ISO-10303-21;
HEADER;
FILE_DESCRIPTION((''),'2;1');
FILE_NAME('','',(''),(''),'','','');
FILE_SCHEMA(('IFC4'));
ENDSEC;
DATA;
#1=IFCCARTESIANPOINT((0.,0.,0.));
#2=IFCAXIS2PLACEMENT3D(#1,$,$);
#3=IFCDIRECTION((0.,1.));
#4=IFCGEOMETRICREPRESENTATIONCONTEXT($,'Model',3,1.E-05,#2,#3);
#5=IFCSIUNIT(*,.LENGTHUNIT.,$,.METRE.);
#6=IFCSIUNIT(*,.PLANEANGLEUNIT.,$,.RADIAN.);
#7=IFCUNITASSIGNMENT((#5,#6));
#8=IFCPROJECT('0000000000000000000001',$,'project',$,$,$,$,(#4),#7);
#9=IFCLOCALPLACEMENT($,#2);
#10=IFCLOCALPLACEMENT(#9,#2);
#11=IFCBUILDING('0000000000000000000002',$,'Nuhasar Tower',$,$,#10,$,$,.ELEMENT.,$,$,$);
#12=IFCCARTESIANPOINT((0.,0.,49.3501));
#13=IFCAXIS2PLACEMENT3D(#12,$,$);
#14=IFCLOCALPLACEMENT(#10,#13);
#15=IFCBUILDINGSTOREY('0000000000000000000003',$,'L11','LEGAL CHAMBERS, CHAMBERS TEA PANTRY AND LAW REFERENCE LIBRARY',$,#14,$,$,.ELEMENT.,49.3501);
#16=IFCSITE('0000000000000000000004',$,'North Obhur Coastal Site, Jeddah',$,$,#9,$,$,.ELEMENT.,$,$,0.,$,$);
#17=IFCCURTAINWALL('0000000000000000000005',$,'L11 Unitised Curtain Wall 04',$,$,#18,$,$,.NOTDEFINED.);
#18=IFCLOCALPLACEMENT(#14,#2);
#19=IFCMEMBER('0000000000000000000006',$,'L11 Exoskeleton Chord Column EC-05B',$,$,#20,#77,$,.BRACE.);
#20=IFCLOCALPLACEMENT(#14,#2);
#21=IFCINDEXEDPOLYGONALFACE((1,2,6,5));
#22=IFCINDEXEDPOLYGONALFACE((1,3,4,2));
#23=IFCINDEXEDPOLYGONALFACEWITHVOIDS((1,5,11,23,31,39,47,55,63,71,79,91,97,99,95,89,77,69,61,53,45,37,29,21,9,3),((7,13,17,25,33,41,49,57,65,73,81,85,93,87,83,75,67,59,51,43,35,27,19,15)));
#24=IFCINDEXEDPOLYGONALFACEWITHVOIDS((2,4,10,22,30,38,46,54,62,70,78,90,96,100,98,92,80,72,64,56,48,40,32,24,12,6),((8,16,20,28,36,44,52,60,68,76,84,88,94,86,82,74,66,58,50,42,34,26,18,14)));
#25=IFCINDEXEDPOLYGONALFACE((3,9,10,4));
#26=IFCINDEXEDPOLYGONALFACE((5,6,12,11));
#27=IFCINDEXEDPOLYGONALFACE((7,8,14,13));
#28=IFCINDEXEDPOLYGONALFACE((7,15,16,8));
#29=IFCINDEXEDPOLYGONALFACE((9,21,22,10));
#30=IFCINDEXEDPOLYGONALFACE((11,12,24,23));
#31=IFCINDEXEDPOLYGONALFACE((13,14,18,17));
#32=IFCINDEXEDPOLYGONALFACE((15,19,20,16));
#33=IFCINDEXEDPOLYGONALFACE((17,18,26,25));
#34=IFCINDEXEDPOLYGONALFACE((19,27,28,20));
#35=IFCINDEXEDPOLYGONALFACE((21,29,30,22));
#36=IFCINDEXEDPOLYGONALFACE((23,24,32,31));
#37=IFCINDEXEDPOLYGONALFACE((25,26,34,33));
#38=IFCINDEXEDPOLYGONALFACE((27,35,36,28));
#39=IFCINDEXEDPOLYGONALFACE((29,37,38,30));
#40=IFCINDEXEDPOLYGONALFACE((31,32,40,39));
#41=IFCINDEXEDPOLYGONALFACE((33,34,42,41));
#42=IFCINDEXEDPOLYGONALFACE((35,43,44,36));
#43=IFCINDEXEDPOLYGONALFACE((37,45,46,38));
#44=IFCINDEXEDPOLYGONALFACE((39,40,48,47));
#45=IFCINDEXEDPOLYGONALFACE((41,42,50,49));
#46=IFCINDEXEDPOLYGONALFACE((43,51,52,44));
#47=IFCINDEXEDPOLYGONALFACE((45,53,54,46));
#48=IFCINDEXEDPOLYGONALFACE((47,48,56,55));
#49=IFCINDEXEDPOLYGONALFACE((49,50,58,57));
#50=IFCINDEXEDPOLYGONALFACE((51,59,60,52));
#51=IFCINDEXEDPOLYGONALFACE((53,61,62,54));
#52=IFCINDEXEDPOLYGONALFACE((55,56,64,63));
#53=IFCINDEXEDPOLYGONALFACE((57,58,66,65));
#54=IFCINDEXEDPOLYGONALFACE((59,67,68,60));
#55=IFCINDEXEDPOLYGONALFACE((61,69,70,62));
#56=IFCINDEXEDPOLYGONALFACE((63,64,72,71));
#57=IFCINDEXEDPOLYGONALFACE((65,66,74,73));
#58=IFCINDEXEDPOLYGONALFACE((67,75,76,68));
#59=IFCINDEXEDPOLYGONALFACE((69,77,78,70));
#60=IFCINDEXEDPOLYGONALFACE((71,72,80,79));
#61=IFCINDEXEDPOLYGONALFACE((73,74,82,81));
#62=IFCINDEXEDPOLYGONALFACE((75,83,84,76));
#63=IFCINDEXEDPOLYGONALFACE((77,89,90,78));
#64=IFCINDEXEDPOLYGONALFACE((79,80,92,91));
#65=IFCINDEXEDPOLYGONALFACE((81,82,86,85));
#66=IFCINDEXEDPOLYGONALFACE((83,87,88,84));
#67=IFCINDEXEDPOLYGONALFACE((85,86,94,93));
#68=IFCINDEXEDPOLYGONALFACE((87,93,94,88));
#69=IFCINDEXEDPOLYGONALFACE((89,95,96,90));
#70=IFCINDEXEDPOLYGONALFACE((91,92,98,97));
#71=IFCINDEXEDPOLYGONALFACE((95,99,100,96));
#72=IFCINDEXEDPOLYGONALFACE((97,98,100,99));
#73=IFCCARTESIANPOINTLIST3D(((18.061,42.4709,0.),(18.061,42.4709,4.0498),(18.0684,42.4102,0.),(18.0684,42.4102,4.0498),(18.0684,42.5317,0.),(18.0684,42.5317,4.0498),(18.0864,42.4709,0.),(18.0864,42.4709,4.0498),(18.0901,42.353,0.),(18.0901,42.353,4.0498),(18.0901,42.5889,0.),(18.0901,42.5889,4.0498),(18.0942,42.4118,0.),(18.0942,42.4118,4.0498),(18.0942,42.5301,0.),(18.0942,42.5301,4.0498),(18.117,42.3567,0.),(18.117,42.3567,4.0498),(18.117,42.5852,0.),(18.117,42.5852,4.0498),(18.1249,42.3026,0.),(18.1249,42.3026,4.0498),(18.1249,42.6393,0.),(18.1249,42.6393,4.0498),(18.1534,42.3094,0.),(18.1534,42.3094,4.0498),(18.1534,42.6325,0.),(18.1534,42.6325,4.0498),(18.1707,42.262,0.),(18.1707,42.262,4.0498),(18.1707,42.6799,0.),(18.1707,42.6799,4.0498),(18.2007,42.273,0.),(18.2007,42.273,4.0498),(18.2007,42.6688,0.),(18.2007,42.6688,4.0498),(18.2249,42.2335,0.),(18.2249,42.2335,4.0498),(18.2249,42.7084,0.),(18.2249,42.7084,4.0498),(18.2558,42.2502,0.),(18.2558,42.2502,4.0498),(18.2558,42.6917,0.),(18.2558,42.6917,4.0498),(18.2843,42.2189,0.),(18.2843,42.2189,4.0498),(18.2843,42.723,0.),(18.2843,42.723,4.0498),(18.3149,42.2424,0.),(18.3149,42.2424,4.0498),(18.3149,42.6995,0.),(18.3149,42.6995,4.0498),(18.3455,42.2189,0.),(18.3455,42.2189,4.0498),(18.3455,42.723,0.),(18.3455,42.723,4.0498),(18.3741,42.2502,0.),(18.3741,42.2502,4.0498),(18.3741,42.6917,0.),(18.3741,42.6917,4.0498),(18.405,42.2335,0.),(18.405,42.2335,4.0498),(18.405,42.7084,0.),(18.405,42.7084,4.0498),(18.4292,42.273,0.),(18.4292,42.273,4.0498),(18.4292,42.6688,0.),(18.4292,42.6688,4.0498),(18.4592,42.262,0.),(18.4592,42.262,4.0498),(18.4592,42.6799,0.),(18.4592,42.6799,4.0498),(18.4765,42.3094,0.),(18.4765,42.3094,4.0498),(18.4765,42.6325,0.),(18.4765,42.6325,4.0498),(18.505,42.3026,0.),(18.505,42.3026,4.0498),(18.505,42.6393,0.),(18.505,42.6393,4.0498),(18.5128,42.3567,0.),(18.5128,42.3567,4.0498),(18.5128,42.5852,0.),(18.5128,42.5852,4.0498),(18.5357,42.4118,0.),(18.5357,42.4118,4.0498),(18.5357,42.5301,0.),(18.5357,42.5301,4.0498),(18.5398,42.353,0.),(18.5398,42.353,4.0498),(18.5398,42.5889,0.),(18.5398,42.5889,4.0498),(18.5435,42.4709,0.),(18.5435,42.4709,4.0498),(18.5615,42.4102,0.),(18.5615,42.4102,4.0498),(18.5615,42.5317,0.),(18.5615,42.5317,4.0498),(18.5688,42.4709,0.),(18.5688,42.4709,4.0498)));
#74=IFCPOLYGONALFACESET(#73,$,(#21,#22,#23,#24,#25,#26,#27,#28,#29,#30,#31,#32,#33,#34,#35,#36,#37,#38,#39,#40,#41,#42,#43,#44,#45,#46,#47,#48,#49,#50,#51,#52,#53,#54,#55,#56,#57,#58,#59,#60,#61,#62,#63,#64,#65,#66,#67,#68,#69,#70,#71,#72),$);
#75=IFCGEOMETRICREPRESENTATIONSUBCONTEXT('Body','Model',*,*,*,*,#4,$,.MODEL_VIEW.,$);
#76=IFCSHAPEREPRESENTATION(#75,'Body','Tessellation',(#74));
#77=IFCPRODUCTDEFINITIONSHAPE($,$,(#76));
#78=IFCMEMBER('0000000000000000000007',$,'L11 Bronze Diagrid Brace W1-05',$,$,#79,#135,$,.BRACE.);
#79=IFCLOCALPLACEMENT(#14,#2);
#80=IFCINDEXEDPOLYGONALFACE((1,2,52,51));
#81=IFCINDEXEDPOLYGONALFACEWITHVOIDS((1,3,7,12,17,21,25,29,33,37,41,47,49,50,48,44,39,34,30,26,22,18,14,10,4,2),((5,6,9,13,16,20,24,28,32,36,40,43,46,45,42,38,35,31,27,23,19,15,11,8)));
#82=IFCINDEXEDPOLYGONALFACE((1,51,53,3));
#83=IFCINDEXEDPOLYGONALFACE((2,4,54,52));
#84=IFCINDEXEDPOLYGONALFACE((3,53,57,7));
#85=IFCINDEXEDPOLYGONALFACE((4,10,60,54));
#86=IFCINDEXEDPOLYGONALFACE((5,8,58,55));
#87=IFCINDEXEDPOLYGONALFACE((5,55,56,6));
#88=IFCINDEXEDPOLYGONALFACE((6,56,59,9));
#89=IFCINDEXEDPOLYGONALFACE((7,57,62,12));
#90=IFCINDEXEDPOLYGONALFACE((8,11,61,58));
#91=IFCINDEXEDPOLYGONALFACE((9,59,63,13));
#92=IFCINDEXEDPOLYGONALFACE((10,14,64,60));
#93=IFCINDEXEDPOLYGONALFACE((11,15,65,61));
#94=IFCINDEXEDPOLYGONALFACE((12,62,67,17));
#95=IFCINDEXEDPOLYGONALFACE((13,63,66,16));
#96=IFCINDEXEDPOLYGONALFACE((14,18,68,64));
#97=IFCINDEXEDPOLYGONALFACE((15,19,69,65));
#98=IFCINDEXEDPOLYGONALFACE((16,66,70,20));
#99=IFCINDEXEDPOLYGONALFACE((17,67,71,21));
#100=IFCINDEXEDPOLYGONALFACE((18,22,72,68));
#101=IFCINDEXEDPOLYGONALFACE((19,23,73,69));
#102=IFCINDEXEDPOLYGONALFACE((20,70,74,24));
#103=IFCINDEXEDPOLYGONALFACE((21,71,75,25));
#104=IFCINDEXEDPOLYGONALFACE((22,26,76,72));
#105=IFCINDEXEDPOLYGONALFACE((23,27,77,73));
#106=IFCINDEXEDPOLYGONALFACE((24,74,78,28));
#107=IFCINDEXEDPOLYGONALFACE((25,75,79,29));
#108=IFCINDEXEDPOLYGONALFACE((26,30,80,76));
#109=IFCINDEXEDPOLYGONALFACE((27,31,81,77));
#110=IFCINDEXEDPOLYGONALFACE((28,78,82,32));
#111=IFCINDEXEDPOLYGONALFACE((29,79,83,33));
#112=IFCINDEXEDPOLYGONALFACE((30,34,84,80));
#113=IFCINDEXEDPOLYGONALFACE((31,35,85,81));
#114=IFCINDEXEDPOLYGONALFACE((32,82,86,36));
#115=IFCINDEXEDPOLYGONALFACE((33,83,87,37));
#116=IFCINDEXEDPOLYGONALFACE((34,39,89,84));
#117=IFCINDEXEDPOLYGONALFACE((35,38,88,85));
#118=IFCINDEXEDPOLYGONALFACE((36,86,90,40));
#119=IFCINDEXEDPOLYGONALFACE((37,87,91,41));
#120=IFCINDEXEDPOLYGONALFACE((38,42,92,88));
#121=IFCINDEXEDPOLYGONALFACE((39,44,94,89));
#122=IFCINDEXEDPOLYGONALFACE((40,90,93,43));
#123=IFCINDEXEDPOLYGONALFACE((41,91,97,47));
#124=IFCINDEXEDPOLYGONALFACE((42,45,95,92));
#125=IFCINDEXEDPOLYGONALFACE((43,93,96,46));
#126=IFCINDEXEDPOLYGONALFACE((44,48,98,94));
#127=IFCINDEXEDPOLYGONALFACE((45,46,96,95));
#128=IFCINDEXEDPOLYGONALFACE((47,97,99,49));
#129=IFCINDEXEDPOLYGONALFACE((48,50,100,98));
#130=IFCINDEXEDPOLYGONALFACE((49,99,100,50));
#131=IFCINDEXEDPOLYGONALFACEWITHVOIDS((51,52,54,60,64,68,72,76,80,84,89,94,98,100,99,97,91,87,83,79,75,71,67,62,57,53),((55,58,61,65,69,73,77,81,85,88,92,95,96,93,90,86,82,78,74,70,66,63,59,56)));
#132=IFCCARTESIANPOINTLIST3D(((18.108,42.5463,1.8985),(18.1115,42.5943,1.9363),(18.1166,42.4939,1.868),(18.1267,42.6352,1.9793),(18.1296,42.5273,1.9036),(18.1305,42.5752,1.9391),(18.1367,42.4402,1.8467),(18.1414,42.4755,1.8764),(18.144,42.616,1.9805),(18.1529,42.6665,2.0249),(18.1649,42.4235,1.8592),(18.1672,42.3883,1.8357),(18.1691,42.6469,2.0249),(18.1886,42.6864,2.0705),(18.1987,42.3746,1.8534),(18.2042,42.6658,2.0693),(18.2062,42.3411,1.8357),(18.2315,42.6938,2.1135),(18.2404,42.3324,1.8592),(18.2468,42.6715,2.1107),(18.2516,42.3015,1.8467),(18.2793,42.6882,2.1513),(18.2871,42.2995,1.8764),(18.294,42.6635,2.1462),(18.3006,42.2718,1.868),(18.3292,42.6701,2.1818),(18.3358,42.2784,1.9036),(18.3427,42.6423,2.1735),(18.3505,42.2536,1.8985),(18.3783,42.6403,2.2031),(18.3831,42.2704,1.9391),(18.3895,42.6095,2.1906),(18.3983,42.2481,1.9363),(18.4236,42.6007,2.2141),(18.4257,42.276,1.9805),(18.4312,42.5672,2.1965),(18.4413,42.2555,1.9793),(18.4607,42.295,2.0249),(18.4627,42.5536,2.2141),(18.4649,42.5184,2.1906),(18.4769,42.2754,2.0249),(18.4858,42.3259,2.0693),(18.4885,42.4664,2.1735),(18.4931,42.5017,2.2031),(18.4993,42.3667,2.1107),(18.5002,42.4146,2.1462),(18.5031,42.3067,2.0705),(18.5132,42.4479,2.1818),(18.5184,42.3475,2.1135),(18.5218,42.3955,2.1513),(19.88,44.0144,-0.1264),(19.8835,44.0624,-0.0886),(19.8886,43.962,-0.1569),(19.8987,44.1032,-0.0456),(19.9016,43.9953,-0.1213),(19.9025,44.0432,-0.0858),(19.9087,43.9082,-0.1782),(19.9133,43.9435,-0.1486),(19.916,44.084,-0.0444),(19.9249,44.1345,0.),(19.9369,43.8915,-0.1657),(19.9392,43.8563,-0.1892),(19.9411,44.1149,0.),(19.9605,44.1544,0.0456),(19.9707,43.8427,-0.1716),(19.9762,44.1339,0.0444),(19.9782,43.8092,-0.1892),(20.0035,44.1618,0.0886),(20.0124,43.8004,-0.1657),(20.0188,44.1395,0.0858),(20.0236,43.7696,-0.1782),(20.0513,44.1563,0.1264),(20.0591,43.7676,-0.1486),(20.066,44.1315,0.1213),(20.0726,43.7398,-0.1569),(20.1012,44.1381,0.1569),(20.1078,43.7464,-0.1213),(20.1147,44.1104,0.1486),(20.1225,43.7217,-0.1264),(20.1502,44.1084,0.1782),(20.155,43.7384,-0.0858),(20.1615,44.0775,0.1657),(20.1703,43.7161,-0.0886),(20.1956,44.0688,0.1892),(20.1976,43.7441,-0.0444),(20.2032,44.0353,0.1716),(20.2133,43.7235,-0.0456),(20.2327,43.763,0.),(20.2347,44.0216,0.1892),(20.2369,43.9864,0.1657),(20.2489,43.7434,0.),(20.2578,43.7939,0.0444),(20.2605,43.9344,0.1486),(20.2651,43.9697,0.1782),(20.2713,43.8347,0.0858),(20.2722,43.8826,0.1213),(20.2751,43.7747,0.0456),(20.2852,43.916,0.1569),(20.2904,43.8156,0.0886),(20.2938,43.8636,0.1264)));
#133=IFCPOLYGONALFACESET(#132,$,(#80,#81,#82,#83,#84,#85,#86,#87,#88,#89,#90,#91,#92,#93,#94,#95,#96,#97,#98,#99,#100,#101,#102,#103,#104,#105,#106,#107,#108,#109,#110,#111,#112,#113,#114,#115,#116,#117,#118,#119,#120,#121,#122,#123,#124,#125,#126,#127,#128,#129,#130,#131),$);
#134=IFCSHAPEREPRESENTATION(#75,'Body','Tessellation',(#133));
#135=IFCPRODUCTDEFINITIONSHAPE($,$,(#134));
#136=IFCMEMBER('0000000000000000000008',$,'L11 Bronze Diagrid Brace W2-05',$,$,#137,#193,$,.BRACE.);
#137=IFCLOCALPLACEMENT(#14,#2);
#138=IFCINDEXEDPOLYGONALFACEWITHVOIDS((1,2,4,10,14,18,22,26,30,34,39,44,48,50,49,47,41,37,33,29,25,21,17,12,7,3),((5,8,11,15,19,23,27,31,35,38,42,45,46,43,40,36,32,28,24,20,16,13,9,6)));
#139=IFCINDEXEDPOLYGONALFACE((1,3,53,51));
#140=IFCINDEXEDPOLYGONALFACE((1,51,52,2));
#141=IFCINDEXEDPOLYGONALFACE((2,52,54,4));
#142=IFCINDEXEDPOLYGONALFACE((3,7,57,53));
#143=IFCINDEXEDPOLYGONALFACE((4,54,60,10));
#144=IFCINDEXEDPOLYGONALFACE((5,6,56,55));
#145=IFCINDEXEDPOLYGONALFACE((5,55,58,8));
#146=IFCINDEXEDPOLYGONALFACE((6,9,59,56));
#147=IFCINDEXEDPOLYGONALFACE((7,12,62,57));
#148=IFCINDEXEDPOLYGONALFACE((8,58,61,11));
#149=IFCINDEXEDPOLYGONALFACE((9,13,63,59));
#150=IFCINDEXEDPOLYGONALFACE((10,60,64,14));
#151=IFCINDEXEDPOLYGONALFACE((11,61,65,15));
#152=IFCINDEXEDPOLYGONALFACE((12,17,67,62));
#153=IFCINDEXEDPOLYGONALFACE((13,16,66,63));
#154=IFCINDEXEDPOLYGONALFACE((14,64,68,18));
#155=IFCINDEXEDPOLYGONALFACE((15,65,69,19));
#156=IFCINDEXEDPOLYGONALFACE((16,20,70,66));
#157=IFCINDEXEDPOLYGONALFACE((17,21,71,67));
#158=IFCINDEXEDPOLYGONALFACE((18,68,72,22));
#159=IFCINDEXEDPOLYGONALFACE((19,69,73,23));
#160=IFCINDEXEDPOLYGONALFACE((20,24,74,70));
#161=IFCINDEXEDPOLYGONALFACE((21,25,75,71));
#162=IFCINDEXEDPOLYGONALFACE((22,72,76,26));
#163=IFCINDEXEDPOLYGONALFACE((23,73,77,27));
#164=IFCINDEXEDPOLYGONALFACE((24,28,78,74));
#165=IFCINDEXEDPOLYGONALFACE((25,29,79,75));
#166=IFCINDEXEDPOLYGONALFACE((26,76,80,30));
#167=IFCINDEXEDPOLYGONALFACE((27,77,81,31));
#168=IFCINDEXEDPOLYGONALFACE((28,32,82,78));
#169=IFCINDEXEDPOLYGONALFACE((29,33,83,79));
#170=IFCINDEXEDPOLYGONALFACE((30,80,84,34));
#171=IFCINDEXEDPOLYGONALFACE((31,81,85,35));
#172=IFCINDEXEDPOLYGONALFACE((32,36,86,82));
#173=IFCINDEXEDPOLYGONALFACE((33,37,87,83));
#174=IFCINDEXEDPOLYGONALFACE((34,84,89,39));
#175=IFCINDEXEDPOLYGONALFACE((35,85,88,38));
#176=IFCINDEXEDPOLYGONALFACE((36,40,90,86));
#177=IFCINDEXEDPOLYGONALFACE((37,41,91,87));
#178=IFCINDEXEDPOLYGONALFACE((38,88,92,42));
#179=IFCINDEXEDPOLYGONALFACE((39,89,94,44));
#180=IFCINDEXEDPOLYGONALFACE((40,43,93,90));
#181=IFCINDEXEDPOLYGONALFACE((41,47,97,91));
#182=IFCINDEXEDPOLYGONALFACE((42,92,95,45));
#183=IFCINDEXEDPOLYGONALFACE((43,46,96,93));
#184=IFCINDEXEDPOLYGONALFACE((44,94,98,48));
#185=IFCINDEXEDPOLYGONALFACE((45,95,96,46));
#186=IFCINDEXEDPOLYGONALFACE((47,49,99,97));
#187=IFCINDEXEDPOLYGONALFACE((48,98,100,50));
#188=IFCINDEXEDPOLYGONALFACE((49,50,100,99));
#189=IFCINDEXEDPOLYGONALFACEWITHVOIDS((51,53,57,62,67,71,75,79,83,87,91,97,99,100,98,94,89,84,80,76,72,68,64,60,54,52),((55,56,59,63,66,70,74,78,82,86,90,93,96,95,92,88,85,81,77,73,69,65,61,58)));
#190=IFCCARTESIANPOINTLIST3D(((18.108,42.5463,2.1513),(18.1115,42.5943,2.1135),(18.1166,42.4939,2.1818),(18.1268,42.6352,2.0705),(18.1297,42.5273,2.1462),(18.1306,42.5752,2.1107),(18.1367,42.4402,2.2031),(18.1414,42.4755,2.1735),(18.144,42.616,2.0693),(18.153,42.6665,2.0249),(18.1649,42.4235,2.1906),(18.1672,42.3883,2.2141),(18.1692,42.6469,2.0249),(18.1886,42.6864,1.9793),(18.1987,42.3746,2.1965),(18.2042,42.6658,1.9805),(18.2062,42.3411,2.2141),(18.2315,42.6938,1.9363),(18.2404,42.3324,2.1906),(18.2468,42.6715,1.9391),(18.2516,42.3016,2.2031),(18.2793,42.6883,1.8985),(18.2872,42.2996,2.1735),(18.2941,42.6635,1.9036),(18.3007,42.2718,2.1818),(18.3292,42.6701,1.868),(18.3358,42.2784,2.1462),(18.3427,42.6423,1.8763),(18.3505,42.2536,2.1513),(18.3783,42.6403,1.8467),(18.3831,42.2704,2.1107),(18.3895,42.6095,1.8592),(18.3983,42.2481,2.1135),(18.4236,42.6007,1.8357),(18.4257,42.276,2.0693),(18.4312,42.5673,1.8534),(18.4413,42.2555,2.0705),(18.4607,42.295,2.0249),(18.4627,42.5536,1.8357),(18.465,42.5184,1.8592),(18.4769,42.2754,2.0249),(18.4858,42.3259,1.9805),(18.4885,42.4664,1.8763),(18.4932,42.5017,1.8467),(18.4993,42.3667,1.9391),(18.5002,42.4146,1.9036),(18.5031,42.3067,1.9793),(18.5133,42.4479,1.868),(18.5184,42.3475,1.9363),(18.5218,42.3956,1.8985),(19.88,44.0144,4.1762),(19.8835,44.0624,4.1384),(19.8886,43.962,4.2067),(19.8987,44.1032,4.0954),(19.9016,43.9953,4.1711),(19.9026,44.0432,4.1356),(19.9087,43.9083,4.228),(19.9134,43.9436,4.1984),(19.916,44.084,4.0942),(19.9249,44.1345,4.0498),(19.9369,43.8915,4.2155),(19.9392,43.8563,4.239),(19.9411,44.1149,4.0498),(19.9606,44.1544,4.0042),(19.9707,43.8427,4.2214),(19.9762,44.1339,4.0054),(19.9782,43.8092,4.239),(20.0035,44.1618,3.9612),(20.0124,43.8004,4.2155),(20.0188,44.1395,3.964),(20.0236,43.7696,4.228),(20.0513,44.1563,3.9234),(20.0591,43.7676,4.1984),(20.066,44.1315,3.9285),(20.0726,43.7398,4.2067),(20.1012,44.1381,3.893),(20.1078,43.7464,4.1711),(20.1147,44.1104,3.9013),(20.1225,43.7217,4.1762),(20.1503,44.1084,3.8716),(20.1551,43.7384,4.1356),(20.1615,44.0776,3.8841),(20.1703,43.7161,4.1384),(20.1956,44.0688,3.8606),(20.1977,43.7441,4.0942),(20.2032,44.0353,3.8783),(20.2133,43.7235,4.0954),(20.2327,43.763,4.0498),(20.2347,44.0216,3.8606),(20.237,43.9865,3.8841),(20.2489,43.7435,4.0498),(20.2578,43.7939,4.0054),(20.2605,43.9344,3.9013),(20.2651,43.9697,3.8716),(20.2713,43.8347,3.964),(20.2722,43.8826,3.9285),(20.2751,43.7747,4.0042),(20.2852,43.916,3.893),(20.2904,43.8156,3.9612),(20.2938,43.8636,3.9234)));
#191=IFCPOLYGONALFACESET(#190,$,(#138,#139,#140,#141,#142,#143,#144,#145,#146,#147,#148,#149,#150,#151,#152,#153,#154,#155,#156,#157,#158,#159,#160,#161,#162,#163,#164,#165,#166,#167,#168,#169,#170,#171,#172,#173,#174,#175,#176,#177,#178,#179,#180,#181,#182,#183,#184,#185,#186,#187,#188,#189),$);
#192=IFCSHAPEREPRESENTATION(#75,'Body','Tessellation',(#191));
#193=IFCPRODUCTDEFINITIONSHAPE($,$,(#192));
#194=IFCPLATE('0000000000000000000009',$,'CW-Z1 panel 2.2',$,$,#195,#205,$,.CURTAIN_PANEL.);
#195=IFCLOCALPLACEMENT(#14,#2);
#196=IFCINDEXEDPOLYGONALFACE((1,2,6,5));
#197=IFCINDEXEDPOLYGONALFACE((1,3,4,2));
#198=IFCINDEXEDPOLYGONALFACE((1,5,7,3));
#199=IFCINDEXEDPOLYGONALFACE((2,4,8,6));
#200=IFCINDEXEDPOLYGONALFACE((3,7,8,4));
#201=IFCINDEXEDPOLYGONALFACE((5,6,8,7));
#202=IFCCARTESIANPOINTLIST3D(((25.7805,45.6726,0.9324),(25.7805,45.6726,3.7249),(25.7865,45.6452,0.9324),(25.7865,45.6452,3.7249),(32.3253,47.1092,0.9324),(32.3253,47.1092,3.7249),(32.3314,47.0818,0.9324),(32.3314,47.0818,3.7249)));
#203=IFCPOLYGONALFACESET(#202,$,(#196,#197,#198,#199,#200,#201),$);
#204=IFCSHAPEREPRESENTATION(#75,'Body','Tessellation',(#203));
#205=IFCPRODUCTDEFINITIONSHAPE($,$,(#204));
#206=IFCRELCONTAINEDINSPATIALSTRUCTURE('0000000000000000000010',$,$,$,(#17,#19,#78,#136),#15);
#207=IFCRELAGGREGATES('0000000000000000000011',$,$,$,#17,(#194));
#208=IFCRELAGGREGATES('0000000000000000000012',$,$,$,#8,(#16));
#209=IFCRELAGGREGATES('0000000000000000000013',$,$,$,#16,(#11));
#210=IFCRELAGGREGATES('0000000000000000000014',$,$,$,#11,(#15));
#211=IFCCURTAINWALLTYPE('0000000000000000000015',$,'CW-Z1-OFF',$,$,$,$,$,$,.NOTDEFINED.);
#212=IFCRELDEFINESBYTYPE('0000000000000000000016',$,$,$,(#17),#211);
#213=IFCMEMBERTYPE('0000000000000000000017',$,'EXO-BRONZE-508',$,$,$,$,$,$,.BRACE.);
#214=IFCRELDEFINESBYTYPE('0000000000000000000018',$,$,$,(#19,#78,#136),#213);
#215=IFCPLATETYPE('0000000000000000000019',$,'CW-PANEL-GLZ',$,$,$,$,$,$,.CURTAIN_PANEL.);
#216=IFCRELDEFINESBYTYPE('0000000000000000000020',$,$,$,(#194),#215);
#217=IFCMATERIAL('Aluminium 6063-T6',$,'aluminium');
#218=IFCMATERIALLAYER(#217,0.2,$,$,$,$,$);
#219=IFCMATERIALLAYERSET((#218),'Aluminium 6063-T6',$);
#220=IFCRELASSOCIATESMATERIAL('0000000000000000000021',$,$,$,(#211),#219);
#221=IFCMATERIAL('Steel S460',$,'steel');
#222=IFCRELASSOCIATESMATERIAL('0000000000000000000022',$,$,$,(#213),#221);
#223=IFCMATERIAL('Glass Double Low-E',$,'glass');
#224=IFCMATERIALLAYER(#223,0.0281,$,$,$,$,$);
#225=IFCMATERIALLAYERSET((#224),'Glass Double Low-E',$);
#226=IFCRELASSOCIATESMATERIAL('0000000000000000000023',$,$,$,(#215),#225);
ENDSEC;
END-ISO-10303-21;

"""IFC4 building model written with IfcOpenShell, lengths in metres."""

from ifc_helpers import new_model, si_unit, direction, frame, origin, origin_2d, place, context, subcontext, project, spatial, rectangle, hollow_circle, extrude, material, layer, layer_set, material_profile, profile_set, type_object, element, aggregate, save


model = new_model("IFC4")

# Units and contexts
model_context = context("Model", 3, precision=1e-05, world=origin(), true_north=direction((0.0, 1.0)))
body_context = subcontext(model_context, "Body", "Model", "MODEL_VIEW")
ifc_project = project(units=[si_unit("LENGTHUNIT", "METRE"), si_unit("PLANEANGLEUNIT", "RADIAN")], contexts=[model_context])

# Site, building, storey
site_placement = place(None, origin())
site = spatial("IfcSite", under=ifc_project, at=site_placement, Name="North Obhur Coastal Site, Jeddah", CompositionType="ELEMENT", RefElevation=0.0)
building_placement = place(site_placement, origin())
building = spatial("IfcBuilding", under=site, at=building_placement, Name="Nuhasar Tower", CompositionType="ELEMENT")
storey_placement = place(building_placement, frame((0.0, 0.0, 49.3501)))
storey = spatial("IfcBuildingStorey", under=building, at=storey_placement, Name="L11", Description="LEGAL CHAMBERS, CHAMBERS TEA PANTRY AND LAW REFERENCE LIBRARY", CompositionType="ELEMENT", Elevation=49.3501)

# Curtain wall
ifc_material_1 = material(Name="Aluminium 6063-T6", Category="aluminium")
ifc_layer_1 = layer(ifc_material_1, 0.2)
ifc_layer_set_1 = layer_set([ifc_layer_1], Name="Aluminium 6063-T6")
curtain_wall_type = type_object("IfcCurtainWallType", Name="CW-Z1-OFF", PredefinedType="NOTDEFINED", material=ifc_layer_set_1)
curtain_wall_1_placement = place(storey_placement, origin())
curtain_wall_1 = element("IfcCurtainWall", 1, at=curtain_wall_1_placement, inside=storey, type_object=curtain_wall_type, Name="L11 Unitised Curtain Wall 04", PredefinedType="NOTDEFINED")

# Members
ifc_material_2 = material(Name="Steel S460", Category="steel")
ifc_material_profile_1 = material_profile(ifc_material_2, hollow_circle(Radius=0.2539, WallThickness=0.0254, at=origin_2d()), Name="HSS508X25.4")
ifc_profile_set_1 = profile_set([ifc_material_profile_1], Name="Steel S460")
member_type_1 = type_object("IfcMemberType", Name="EXO-BRONZE-508", PredefinedType="BRACE", material=ifc_profile_set_1)
for number, where, z_axis, x_axis, name in (
    (2, (18.3149, 42.4709, 0.0), (0.0, 0.0, 1.0), (1.0, 0.0, 0.0), "L11 Exoskeleton Chord Column EC-05B"),
):
    element("IfcMember", number, at=place(storey_placement, frame(where, z_axis=z_axis, x_axis=x_axis)), inside=storey, type_object=member_type_1, Name=name, PredefinedType="BRACE", context=body_context, shape_type="SweptSolid", body=[
        extrude(hollow_circle(Radius=0.2539, WallThickness=0.0254, at=origin_2d()), origin(), (0.0, 0.0, 1.0), 4.0498),
    ])
for number, where, z_axis, x_axis, name in (
    (3, (20.0869, 43.939, 0.0), (-0.578102, -0.478937, 0.660619), (0.637969, -0.770062, 0.0), "L11 Bronze Diagrid Brace W1-05"),
    (4, (18.3149, 42.4709, 2.0249), (0.578102, 0.478937, 0.660619), (-0.637969, 0.770062, 0.0), "L11 Bronze Diagrid Brace W2-05"),
):
    element("IfcMember", number, at=place(storey_placement, frame(where, z_axis=z_axis, x_axis=x_axis)), inside=storey, type_object=member_type_1, Name=name, PredefinedType="BRACE", context=body_context, shape_type="SweptSolid", body=[
        extrude(hollow_circle(Radius=0.2539, WallThickness=0.0254, at=origin_2d()), origin(), (0.0, 0.0, 1.0), 3.0652),
    ])

# Plate
ifc_material_3 = material(Name="Glass Double Low-E", Category="glass")
ifc_layer_2 = layer(ifc_material_3, 0.0281)
ifc_layer_set_2 = layer_set([ifc_layer_2], Name="Glass Double Low-E")
plate_type_1 = type_object("IfcPlateType", Name="CW-PANEL-GLZ", PredefinedType="CURTAIN_PANEL", material=ifc_layer_set_2)
plate_1_placement = place(storey_placement, frame((29.0559, 46.3772, 0.9324), z_axis=(0.0, 0.0, 1.0), x_axis=(-0.976746, -0.214399, 0.0)))
plate_1 = element("IfcPlate", 5, at=plate_1_placement, type_object=plate_type_1, Name="CW-Z1 panel 2.2", PredefinedType="CURTAIN_PANEL", context=body_context, shape_type="SweptSolid", body=[
    extrude(rectangle(XDim=6.7007, YDim=0.0281, at=origin_2d()), origin(), (0.0, 0.0, 1.0), 2.7925),
])
aggregate(curtain_wall_1, [plate_1])

save(model, "model.ifc")
